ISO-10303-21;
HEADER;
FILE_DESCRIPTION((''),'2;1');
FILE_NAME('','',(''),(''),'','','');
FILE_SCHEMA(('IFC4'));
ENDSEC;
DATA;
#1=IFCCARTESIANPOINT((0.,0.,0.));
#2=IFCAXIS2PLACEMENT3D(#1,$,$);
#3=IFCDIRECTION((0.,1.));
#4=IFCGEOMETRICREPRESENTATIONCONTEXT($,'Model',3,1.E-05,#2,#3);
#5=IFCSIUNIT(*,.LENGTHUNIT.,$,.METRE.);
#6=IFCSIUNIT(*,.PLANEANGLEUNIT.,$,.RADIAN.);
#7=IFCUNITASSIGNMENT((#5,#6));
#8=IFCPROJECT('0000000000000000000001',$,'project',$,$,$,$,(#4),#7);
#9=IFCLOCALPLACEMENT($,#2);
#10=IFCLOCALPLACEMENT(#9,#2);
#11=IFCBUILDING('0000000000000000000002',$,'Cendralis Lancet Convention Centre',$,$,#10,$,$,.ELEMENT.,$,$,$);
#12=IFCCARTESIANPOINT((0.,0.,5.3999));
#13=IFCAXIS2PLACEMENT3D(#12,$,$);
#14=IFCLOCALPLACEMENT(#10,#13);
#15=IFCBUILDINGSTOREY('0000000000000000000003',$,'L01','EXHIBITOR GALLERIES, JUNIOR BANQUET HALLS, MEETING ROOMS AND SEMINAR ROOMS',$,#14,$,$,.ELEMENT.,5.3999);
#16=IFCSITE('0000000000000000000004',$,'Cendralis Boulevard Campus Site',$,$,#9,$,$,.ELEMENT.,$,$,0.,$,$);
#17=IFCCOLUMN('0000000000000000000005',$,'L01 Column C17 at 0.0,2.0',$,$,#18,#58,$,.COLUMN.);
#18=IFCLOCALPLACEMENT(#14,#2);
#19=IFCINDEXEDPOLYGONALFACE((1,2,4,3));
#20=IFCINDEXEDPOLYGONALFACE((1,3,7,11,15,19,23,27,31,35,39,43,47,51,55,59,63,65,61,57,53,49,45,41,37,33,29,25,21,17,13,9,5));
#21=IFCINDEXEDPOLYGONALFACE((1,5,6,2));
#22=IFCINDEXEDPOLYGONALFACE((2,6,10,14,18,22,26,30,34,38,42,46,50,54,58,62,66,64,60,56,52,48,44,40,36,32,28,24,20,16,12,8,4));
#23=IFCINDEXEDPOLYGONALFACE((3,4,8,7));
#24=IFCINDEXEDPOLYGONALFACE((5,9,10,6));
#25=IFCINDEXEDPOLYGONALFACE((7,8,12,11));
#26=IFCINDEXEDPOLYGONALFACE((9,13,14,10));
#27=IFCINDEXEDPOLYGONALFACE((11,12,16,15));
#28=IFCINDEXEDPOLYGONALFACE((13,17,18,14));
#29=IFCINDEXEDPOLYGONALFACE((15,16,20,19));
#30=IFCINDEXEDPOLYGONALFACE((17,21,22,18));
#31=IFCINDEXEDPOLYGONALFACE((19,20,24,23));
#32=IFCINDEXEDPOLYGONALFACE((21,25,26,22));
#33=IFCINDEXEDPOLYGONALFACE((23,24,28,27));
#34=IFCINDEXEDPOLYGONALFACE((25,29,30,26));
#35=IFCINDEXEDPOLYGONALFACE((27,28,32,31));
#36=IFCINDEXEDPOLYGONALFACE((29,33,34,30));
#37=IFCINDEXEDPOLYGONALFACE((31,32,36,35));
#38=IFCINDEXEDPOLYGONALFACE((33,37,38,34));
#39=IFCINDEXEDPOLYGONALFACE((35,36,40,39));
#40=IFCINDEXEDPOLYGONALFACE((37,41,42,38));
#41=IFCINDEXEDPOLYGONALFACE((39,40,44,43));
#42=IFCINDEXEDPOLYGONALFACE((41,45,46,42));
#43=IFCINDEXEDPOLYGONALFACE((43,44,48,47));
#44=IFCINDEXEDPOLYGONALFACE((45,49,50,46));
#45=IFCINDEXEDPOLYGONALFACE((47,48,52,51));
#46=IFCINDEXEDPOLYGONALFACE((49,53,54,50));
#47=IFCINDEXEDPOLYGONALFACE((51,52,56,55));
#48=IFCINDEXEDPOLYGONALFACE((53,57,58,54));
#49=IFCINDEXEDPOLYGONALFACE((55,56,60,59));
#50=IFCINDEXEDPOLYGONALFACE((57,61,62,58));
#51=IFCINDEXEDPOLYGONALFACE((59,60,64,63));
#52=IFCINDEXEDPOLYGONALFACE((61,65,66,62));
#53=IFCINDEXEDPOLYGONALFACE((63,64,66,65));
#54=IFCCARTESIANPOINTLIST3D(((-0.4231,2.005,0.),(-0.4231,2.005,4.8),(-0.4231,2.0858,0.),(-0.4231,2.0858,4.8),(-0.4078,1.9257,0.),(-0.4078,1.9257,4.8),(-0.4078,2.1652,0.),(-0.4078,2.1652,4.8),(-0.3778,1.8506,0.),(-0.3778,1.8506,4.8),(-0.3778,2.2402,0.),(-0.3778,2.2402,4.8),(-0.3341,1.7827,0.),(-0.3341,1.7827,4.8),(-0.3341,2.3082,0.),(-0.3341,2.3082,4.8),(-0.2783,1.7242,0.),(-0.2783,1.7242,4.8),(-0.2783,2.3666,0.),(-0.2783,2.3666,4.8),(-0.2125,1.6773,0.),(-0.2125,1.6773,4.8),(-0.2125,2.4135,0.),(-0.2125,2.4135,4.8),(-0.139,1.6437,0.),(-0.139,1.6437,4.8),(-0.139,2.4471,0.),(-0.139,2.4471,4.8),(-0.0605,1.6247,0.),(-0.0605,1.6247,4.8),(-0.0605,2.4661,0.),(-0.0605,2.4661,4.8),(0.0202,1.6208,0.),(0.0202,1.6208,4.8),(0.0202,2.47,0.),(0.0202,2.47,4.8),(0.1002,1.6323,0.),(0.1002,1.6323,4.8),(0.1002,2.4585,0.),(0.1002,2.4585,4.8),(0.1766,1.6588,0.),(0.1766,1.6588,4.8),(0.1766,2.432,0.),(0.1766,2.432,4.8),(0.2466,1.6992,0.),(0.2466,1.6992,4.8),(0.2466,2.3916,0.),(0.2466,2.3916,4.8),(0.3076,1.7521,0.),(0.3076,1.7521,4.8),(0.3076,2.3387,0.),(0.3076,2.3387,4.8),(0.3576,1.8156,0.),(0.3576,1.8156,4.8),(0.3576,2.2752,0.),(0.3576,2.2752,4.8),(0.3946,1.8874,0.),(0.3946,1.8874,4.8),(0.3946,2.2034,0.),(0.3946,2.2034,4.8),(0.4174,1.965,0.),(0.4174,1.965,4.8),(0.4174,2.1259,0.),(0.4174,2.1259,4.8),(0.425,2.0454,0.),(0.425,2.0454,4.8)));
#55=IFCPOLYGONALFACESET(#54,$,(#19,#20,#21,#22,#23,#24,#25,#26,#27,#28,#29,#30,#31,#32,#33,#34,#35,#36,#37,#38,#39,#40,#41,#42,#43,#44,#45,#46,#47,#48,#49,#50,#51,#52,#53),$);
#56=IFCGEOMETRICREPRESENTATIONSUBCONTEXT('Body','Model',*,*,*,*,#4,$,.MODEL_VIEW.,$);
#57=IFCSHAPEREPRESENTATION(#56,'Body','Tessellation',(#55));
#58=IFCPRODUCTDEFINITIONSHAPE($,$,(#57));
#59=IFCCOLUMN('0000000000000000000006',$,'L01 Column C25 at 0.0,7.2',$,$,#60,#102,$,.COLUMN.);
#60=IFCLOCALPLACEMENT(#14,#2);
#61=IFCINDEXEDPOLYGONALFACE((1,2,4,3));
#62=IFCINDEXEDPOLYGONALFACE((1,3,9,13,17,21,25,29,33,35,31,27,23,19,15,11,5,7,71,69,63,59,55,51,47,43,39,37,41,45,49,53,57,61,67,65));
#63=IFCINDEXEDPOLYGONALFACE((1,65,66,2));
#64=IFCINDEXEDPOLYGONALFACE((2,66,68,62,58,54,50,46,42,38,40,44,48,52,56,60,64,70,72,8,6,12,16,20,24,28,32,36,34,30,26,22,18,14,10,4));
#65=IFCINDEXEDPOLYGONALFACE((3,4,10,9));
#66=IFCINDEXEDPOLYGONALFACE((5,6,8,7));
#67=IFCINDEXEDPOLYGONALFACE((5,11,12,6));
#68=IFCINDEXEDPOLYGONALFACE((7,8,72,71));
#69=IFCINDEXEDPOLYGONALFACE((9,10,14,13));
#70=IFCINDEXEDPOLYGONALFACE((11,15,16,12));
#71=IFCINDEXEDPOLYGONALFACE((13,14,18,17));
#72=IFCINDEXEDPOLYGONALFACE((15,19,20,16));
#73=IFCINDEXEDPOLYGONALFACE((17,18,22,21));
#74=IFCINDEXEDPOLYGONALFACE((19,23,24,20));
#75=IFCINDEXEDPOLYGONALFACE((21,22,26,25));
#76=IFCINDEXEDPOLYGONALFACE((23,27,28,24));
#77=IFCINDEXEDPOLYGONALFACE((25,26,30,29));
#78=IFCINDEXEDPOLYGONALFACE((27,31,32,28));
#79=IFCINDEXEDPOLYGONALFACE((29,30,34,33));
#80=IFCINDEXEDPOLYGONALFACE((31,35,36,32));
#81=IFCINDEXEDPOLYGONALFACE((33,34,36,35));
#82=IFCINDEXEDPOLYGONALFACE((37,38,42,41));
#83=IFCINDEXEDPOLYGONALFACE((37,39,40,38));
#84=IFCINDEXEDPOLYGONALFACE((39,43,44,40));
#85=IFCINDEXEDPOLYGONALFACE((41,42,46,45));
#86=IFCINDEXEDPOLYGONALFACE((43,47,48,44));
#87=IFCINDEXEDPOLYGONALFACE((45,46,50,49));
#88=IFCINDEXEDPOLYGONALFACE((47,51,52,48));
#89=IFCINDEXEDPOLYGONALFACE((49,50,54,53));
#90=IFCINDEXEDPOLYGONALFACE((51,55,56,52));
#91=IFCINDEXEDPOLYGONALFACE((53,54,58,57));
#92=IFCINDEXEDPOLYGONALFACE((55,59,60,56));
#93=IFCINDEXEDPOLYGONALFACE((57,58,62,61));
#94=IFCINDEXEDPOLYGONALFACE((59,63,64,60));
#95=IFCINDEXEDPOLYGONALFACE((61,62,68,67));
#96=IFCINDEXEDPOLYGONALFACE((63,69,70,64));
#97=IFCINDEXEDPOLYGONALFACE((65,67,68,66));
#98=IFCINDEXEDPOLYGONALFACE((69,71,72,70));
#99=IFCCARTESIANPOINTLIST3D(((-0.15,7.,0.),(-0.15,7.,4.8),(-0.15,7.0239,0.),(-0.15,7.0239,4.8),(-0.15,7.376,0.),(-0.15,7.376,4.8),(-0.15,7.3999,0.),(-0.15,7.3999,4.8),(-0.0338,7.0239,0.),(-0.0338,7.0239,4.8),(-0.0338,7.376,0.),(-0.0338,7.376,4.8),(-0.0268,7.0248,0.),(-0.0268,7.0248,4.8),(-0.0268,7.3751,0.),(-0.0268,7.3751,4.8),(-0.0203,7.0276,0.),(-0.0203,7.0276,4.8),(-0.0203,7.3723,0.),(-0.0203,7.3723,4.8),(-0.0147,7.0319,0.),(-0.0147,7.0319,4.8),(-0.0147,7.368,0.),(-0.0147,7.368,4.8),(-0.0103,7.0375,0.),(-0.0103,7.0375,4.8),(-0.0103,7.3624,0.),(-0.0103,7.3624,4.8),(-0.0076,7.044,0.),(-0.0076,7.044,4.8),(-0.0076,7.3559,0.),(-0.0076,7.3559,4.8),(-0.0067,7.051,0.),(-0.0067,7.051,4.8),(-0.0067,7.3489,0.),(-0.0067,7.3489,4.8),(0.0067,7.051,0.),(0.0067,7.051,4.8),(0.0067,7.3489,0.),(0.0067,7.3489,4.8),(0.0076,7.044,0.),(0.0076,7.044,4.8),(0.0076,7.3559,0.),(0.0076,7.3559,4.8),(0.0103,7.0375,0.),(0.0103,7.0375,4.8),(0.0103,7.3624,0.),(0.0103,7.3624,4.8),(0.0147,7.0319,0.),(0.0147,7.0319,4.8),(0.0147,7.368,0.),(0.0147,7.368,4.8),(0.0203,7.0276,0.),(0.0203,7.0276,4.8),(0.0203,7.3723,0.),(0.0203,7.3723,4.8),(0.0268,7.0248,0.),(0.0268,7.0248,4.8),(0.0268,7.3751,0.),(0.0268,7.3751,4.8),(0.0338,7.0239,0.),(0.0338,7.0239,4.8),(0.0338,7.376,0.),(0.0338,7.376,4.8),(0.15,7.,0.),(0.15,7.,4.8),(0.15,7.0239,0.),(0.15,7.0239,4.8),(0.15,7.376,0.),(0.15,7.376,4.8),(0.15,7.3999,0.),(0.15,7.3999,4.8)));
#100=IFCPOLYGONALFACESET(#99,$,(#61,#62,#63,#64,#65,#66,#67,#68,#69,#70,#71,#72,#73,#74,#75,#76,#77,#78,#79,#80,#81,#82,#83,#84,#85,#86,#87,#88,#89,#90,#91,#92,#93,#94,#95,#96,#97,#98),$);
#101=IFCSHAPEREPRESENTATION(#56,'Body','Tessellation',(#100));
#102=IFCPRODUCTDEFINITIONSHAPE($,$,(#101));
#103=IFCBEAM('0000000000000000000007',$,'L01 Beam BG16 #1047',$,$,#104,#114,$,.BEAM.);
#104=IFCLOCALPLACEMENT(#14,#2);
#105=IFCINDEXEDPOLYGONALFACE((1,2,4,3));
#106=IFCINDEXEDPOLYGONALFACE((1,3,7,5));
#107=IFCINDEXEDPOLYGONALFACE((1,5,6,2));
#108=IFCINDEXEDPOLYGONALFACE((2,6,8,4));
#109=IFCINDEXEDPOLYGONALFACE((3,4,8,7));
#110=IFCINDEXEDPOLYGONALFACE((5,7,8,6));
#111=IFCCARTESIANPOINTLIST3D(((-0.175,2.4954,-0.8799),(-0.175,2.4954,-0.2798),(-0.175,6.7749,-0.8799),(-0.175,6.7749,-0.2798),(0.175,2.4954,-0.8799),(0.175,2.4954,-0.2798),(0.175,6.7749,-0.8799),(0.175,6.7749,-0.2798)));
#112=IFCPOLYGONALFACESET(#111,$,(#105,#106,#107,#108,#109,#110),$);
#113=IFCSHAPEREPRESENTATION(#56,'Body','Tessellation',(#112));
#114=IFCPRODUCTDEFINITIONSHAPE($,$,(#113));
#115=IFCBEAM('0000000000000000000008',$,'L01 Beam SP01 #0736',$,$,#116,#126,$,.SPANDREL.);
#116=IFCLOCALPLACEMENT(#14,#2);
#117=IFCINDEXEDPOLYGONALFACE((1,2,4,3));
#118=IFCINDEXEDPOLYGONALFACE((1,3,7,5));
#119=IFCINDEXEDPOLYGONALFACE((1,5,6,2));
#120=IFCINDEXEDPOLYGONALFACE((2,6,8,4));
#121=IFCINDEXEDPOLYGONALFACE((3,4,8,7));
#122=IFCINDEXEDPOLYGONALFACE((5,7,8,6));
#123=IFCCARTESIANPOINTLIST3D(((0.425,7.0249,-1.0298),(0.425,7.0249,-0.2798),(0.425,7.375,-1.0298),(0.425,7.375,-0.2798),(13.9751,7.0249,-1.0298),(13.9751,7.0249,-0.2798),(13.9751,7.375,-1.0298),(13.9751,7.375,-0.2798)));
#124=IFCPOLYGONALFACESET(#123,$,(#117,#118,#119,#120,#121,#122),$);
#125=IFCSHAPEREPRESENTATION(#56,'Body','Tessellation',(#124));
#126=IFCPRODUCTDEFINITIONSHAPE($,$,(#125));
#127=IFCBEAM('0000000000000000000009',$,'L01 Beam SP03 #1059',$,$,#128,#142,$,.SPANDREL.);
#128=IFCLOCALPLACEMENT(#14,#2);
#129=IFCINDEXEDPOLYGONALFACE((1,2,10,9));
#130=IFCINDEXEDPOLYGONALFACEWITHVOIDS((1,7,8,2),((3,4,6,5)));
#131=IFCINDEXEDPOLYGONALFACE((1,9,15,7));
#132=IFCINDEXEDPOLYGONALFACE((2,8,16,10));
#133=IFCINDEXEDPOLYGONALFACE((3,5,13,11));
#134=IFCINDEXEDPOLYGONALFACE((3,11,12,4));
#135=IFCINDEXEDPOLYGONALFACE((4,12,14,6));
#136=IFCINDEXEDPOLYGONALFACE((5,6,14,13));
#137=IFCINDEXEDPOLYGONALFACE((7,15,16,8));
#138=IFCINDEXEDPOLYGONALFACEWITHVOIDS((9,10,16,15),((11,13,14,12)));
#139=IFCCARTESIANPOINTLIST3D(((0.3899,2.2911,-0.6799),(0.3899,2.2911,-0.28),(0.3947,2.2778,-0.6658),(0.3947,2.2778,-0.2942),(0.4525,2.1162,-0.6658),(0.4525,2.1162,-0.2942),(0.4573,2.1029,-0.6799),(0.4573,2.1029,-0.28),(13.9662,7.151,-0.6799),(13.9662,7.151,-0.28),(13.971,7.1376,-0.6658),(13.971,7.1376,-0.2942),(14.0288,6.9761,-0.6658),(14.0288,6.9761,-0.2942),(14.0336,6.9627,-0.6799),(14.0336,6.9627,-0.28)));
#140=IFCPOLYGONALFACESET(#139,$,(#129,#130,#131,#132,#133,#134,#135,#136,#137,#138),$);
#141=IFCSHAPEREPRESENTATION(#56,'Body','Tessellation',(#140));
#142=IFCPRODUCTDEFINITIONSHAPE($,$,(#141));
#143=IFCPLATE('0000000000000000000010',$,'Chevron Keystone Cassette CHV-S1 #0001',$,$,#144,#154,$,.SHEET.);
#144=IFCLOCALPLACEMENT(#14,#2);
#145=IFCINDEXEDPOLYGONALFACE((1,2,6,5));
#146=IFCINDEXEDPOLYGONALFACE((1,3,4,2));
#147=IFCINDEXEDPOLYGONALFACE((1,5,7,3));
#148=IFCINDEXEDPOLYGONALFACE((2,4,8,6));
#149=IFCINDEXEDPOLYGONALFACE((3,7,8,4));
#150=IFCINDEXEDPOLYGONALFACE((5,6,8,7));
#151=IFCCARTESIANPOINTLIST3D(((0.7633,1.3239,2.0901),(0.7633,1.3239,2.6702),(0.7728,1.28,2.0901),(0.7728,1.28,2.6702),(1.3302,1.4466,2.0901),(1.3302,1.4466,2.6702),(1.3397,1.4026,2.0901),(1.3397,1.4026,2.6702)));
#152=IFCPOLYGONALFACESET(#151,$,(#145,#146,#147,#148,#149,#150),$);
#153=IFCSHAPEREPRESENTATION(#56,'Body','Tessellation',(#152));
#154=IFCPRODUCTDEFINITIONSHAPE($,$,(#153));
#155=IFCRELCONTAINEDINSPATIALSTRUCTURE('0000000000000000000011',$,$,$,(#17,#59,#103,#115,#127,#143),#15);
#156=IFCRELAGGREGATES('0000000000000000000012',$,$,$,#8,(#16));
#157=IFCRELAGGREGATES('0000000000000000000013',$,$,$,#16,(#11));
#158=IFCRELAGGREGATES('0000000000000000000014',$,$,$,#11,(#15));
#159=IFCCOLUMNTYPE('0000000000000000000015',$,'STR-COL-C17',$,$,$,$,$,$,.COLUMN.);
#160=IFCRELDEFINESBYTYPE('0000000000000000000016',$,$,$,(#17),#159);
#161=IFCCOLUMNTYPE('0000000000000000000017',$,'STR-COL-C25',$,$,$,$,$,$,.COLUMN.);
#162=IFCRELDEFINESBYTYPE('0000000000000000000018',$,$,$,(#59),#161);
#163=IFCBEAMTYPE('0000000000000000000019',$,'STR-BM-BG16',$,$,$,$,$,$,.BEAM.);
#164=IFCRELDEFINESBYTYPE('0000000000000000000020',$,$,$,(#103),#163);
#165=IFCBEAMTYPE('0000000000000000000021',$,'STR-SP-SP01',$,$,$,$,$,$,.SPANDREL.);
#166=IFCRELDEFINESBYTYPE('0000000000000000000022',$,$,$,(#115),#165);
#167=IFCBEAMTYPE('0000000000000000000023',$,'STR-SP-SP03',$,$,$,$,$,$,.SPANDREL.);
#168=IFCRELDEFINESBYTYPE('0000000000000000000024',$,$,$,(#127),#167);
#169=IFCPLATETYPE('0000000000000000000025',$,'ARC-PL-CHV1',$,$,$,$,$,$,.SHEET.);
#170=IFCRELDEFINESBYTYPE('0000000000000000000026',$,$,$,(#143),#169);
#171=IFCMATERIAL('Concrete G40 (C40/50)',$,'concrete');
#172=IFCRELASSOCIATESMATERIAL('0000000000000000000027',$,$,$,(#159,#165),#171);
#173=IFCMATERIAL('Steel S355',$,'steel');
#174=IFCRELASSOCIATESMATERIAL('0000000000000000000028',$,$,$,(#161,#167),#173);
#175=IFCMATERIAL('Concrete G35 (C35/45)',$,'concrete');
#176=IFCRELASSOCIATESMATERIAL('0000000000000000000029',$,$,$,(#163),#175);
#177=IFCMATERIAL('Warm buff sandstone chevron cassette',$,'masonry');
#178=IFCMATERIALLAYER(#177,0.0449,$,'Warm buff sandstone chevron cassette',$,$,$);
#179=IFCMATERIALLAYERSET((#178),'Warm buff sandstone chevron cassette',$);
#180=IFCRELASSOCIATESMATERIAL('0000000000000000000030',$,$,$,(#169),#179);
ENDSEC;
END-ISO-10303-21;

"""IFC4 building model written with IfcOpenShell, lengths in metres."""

from ifc_helpers import new_model, si_unit, direction, frame, origin, origin_2d, place, context, subcontext, project, spatial, rectangle, hollow_rectangle, circle, i_section, extrude, material, layer, layer_set, material_profile, profile_set, type_object, element, save


model = new_model("IFC4")

# Units and contexts
model_context = context("Model", 3, precision=1e-05, world=origin(), true_north=direction((0.0, 1.0)))
body_context = subcontext(model_context, "Body", "Model", "MODEL_VIEW")
ifc_project = project(units=[si_unit("LENGTHUNIT", "METRE"), si_unit("PLANEANGLEUNIT", "RADIAN")], contexts=[model_context])

# Site, building, storey
site_placement = place(None, origin())
site = spatial("IfcSite", under=ifc_project, at=site_placement, Name="Cendralis Boulevard Campus Site", CompositionType="ELEMENT", RefElevation=0.0)
building_placement = place(site_placement, origin())
building = spatial("IfcBuilding", under=site, at=building_placement, Name="Cendralis Lancet Convention Centre", CompositionType="ELEMENT")
storey_placement = place(building_placement, frame((0.0, 0.0, 5.3999)))
storey = spatial("IfcBuildingStorey", under=building, at=storey_placement, Name="L01", Description="EXHIBITOR GALLERIES, JUNIOR BANQUET HALLS, MEETING ROOMS AND SEMINAR ROOMS", CompositionType="ELEMENT", Elevation=5.3999)

# Columns
ifc_material_1 = material(Name="Concrete G40 (C40/50)", Category="concrete")
ifc_material_profile_1 = material_profile(ifc_material_1, circle(Radius=0.425, at=origin_2d()), Name="RC D850")
ifc_profile_set_1 = profile_set([ifc_material_profile_1], Name="Concrete G40 (C40/50)")
column_type_1 = type_object("IfcColumnType", Name="STR-COL-C17", PredefinedType="COLUMN", material=ifc_profile_set_1)
column_1_placement = place(storey_placement, frame((0.0, 2.0454, 0.0), z_axis=(0.0, 0.0, 1.0), x_axis=(1.0, 0.0, 0.0)))
element("IfcColumn", 1, at=column_1_placement, inside=storey, type_object=column_type_1, Name="L01 Column C17 at 0.0,2.0", PredefinedType="COLUMN", context=body_context, shape_type="SweptSolid", body=[
    extrude(circle(Radius=0.425, at=origin_2d()), origin(), (0.0, 0.0, 1.0), 4.8),
])
ifc_material_2 = material(Name="Steel S355", Category="steel")
ifc_material_profile_2 = material_profile(ifc_material_2, i_section(OverallWidth=0.3, OverallDepth=0.3999, WebThickness=0.0134, FlangeThickness=0.0239, FilletRadius=0.0271, at=origin_2d()), Name="HEB 400")
ifc_profile_set_2 = profile_set([ifc_material_profile_2], Name="Steel S355")
column_type_2 = type_object("IfcColumnType", Name="STR-COL-C25", PredefinedType="COLUMN", material=ifc_profile_set_2)
column_2_placement = place(storey_placement, frame((0.0, 7.2, 0.0), z_axis=(0.0, 0.0, 1.0), x_axis=(1.0, 0.0, 0.0)))
element("IfcColumn", 2, at=column_2_placement, inside=storey, type_object=column_type_2, Name="L01 Column C25 at 0.0,7.2", PredefinedType="COLUMN", context=body_context, shape_type="SweptSolid", body=[
    extrude(i_section(OverallWidth=0.3, OverallDepth=0.3999, WebThickness=0.0134, FlangeThickness=0.0239, FilletRadius=0.0271, at=origin_2d()), origin(), (0.0, 0.0, 1.0), 4.8),
])

# Beams
ifc_material_3 = material(Name="Concrete G35 (C35/45)", Category="concrete")
ifc_material_profile_3 = material_profile(ifc_material_3, rectangle(XDim=0.3501, YDim=0.6001, at=origin_2d()), Name="RCB 350x600")
ifc_profile_set_3 = profile_set([ifc_material_profile_3], Name="Concrete G35 (C35/45)")
beam_type_1 = type_object("IfcBeamType", Name="STR-BM-BG16", PredefinedType="BEAM", material=ifc_profile_set_3)
beam_1_placement = place(storey_placement, frame((0.0, 2.4954, -0.5798), z_axis=(0.0, 1.0, 0.0), x_axis=(-1.0, 0.0, 0.0)))
element("IfcBeam", 3, at=beam_1_placement, inside=storey, type_object=beam_type_1, Name="L01 Beam BG16 #1047", PredefinedType="BEAM", context=body_context, shape_type="SweptSolid", body=[
    extrude(rectangle(XDim=0.3501, YDim=0.6001, at=origin_2d()), origin(), (0.0, 0.0, 1.0), 4.2795),
])
ifc_material_profile_4 = material_profile(ifc_material_1, rectangle(XDim=0.3501, YDim=0.75, at=origin_2d()), Name="RCB 350x750")
ifc_profile_set_4 = profile_set([ifc_material_profile_4], Name="Concrete G40 (C40/50)")
beam_type_2 = type_object("IfcBeamType", Name="STR-SP-SP01", PredefinedType="SPANDREL", material=ifc_profile_set_4)
beam_2_placement = place(storey_placement, frame((0.425, 7.2, -0.6548), z_axis=(1.0, 0.0, 0.0), x_axis=(0.0, 1.0, 0.0)))
element("IfcBeam", 4, at=beam_2_placement, inside=storey, type_object=beam_type_2, Name="L01 Beam SP01 #0736", PredefinedType="SPANDREL", context=body_context, shape_type="SweptSolid", body=[
    extrude(rectangle(XDim=0.3501, YDim=0.75, at=origin_2d()), origin(), (0.0, 0.0, 1.0), 13.55),
])
ifc_material_profile_5 = material_profile(ifc_material_2, hollow_rectangle(XDim=0.2, YDim=0.3999, WallThickness=0.0142, at=origin_2d()), Name="RHS 400x200x14.2")
ifc_profile_set_5 = profile_set([ifc_material_profile_5], Name="Steel S355")
beam_type_3 = type_object("IfcBeamType", Name="STR-SP-SP03", PredefinedType="SPANDREL", material=ifc_profile_set_5)
beam_3_placement = place(storey_placement, frame((0.4236, 2.197, -0.48), z_axis=(0.941497, 0.337022, 0.0), x_axis=(-0.337022, 0.941497, 0.0)))
element("IfcBeam", 5, at=beam_3_placement, inside=storey, type_object=beam_type_3, Name="L01 Beam SP03 #1059", PredefinedType="SPANDREL", context=body_context, shape_type="SweptSolid", body=[
    extrude(hollow_rectangle(XDim=0.2, YDim=0.3999, WallThickness=0.0142, at=origin_2d()), origin(), (0.0, 0.0, 1.0), 14.4199),
])

# Plate
ifc_material_4 = material(Name="Warm buff sandstone chevron cassette", Category="masonry")
ifc_layer_1 = layer(ifc_material_4, 0.0449, Name="Warm buff sandstone chevron cassette")
ifc_layer_set_1 = layer_set([ifc_layer_1], Name="Warm buff sandstone chevron cassette")
plate_type = type_object("IfcPlateType", Name="ARC-PL-CHV1", PredefinedType="SHEET", material=ifc_layer_set_1)
plate_placement = place(storey_placement, frame((1.0515, 1.3633, 2.0901), z_axis=(0.0, 0.0, 1.0), x_axis=(0.977397, 0.21141, 0.0)))
element("IfcPlate", 6, at=plate_placement, inside=storey, type_object=plate_type, Name="Chevron Keystone Cassette CHV-S1 #0001", PredefinedType="SHEET", context=body_context, shape_type="SweptSolid", body=[
    extrude(rectangle(XDim=0.5801, YDim=0.0449, at=origin_2d()), origin(), (0.0, 0.0, 1.0), 0.5801),
])

save(model, "model.ifc")
